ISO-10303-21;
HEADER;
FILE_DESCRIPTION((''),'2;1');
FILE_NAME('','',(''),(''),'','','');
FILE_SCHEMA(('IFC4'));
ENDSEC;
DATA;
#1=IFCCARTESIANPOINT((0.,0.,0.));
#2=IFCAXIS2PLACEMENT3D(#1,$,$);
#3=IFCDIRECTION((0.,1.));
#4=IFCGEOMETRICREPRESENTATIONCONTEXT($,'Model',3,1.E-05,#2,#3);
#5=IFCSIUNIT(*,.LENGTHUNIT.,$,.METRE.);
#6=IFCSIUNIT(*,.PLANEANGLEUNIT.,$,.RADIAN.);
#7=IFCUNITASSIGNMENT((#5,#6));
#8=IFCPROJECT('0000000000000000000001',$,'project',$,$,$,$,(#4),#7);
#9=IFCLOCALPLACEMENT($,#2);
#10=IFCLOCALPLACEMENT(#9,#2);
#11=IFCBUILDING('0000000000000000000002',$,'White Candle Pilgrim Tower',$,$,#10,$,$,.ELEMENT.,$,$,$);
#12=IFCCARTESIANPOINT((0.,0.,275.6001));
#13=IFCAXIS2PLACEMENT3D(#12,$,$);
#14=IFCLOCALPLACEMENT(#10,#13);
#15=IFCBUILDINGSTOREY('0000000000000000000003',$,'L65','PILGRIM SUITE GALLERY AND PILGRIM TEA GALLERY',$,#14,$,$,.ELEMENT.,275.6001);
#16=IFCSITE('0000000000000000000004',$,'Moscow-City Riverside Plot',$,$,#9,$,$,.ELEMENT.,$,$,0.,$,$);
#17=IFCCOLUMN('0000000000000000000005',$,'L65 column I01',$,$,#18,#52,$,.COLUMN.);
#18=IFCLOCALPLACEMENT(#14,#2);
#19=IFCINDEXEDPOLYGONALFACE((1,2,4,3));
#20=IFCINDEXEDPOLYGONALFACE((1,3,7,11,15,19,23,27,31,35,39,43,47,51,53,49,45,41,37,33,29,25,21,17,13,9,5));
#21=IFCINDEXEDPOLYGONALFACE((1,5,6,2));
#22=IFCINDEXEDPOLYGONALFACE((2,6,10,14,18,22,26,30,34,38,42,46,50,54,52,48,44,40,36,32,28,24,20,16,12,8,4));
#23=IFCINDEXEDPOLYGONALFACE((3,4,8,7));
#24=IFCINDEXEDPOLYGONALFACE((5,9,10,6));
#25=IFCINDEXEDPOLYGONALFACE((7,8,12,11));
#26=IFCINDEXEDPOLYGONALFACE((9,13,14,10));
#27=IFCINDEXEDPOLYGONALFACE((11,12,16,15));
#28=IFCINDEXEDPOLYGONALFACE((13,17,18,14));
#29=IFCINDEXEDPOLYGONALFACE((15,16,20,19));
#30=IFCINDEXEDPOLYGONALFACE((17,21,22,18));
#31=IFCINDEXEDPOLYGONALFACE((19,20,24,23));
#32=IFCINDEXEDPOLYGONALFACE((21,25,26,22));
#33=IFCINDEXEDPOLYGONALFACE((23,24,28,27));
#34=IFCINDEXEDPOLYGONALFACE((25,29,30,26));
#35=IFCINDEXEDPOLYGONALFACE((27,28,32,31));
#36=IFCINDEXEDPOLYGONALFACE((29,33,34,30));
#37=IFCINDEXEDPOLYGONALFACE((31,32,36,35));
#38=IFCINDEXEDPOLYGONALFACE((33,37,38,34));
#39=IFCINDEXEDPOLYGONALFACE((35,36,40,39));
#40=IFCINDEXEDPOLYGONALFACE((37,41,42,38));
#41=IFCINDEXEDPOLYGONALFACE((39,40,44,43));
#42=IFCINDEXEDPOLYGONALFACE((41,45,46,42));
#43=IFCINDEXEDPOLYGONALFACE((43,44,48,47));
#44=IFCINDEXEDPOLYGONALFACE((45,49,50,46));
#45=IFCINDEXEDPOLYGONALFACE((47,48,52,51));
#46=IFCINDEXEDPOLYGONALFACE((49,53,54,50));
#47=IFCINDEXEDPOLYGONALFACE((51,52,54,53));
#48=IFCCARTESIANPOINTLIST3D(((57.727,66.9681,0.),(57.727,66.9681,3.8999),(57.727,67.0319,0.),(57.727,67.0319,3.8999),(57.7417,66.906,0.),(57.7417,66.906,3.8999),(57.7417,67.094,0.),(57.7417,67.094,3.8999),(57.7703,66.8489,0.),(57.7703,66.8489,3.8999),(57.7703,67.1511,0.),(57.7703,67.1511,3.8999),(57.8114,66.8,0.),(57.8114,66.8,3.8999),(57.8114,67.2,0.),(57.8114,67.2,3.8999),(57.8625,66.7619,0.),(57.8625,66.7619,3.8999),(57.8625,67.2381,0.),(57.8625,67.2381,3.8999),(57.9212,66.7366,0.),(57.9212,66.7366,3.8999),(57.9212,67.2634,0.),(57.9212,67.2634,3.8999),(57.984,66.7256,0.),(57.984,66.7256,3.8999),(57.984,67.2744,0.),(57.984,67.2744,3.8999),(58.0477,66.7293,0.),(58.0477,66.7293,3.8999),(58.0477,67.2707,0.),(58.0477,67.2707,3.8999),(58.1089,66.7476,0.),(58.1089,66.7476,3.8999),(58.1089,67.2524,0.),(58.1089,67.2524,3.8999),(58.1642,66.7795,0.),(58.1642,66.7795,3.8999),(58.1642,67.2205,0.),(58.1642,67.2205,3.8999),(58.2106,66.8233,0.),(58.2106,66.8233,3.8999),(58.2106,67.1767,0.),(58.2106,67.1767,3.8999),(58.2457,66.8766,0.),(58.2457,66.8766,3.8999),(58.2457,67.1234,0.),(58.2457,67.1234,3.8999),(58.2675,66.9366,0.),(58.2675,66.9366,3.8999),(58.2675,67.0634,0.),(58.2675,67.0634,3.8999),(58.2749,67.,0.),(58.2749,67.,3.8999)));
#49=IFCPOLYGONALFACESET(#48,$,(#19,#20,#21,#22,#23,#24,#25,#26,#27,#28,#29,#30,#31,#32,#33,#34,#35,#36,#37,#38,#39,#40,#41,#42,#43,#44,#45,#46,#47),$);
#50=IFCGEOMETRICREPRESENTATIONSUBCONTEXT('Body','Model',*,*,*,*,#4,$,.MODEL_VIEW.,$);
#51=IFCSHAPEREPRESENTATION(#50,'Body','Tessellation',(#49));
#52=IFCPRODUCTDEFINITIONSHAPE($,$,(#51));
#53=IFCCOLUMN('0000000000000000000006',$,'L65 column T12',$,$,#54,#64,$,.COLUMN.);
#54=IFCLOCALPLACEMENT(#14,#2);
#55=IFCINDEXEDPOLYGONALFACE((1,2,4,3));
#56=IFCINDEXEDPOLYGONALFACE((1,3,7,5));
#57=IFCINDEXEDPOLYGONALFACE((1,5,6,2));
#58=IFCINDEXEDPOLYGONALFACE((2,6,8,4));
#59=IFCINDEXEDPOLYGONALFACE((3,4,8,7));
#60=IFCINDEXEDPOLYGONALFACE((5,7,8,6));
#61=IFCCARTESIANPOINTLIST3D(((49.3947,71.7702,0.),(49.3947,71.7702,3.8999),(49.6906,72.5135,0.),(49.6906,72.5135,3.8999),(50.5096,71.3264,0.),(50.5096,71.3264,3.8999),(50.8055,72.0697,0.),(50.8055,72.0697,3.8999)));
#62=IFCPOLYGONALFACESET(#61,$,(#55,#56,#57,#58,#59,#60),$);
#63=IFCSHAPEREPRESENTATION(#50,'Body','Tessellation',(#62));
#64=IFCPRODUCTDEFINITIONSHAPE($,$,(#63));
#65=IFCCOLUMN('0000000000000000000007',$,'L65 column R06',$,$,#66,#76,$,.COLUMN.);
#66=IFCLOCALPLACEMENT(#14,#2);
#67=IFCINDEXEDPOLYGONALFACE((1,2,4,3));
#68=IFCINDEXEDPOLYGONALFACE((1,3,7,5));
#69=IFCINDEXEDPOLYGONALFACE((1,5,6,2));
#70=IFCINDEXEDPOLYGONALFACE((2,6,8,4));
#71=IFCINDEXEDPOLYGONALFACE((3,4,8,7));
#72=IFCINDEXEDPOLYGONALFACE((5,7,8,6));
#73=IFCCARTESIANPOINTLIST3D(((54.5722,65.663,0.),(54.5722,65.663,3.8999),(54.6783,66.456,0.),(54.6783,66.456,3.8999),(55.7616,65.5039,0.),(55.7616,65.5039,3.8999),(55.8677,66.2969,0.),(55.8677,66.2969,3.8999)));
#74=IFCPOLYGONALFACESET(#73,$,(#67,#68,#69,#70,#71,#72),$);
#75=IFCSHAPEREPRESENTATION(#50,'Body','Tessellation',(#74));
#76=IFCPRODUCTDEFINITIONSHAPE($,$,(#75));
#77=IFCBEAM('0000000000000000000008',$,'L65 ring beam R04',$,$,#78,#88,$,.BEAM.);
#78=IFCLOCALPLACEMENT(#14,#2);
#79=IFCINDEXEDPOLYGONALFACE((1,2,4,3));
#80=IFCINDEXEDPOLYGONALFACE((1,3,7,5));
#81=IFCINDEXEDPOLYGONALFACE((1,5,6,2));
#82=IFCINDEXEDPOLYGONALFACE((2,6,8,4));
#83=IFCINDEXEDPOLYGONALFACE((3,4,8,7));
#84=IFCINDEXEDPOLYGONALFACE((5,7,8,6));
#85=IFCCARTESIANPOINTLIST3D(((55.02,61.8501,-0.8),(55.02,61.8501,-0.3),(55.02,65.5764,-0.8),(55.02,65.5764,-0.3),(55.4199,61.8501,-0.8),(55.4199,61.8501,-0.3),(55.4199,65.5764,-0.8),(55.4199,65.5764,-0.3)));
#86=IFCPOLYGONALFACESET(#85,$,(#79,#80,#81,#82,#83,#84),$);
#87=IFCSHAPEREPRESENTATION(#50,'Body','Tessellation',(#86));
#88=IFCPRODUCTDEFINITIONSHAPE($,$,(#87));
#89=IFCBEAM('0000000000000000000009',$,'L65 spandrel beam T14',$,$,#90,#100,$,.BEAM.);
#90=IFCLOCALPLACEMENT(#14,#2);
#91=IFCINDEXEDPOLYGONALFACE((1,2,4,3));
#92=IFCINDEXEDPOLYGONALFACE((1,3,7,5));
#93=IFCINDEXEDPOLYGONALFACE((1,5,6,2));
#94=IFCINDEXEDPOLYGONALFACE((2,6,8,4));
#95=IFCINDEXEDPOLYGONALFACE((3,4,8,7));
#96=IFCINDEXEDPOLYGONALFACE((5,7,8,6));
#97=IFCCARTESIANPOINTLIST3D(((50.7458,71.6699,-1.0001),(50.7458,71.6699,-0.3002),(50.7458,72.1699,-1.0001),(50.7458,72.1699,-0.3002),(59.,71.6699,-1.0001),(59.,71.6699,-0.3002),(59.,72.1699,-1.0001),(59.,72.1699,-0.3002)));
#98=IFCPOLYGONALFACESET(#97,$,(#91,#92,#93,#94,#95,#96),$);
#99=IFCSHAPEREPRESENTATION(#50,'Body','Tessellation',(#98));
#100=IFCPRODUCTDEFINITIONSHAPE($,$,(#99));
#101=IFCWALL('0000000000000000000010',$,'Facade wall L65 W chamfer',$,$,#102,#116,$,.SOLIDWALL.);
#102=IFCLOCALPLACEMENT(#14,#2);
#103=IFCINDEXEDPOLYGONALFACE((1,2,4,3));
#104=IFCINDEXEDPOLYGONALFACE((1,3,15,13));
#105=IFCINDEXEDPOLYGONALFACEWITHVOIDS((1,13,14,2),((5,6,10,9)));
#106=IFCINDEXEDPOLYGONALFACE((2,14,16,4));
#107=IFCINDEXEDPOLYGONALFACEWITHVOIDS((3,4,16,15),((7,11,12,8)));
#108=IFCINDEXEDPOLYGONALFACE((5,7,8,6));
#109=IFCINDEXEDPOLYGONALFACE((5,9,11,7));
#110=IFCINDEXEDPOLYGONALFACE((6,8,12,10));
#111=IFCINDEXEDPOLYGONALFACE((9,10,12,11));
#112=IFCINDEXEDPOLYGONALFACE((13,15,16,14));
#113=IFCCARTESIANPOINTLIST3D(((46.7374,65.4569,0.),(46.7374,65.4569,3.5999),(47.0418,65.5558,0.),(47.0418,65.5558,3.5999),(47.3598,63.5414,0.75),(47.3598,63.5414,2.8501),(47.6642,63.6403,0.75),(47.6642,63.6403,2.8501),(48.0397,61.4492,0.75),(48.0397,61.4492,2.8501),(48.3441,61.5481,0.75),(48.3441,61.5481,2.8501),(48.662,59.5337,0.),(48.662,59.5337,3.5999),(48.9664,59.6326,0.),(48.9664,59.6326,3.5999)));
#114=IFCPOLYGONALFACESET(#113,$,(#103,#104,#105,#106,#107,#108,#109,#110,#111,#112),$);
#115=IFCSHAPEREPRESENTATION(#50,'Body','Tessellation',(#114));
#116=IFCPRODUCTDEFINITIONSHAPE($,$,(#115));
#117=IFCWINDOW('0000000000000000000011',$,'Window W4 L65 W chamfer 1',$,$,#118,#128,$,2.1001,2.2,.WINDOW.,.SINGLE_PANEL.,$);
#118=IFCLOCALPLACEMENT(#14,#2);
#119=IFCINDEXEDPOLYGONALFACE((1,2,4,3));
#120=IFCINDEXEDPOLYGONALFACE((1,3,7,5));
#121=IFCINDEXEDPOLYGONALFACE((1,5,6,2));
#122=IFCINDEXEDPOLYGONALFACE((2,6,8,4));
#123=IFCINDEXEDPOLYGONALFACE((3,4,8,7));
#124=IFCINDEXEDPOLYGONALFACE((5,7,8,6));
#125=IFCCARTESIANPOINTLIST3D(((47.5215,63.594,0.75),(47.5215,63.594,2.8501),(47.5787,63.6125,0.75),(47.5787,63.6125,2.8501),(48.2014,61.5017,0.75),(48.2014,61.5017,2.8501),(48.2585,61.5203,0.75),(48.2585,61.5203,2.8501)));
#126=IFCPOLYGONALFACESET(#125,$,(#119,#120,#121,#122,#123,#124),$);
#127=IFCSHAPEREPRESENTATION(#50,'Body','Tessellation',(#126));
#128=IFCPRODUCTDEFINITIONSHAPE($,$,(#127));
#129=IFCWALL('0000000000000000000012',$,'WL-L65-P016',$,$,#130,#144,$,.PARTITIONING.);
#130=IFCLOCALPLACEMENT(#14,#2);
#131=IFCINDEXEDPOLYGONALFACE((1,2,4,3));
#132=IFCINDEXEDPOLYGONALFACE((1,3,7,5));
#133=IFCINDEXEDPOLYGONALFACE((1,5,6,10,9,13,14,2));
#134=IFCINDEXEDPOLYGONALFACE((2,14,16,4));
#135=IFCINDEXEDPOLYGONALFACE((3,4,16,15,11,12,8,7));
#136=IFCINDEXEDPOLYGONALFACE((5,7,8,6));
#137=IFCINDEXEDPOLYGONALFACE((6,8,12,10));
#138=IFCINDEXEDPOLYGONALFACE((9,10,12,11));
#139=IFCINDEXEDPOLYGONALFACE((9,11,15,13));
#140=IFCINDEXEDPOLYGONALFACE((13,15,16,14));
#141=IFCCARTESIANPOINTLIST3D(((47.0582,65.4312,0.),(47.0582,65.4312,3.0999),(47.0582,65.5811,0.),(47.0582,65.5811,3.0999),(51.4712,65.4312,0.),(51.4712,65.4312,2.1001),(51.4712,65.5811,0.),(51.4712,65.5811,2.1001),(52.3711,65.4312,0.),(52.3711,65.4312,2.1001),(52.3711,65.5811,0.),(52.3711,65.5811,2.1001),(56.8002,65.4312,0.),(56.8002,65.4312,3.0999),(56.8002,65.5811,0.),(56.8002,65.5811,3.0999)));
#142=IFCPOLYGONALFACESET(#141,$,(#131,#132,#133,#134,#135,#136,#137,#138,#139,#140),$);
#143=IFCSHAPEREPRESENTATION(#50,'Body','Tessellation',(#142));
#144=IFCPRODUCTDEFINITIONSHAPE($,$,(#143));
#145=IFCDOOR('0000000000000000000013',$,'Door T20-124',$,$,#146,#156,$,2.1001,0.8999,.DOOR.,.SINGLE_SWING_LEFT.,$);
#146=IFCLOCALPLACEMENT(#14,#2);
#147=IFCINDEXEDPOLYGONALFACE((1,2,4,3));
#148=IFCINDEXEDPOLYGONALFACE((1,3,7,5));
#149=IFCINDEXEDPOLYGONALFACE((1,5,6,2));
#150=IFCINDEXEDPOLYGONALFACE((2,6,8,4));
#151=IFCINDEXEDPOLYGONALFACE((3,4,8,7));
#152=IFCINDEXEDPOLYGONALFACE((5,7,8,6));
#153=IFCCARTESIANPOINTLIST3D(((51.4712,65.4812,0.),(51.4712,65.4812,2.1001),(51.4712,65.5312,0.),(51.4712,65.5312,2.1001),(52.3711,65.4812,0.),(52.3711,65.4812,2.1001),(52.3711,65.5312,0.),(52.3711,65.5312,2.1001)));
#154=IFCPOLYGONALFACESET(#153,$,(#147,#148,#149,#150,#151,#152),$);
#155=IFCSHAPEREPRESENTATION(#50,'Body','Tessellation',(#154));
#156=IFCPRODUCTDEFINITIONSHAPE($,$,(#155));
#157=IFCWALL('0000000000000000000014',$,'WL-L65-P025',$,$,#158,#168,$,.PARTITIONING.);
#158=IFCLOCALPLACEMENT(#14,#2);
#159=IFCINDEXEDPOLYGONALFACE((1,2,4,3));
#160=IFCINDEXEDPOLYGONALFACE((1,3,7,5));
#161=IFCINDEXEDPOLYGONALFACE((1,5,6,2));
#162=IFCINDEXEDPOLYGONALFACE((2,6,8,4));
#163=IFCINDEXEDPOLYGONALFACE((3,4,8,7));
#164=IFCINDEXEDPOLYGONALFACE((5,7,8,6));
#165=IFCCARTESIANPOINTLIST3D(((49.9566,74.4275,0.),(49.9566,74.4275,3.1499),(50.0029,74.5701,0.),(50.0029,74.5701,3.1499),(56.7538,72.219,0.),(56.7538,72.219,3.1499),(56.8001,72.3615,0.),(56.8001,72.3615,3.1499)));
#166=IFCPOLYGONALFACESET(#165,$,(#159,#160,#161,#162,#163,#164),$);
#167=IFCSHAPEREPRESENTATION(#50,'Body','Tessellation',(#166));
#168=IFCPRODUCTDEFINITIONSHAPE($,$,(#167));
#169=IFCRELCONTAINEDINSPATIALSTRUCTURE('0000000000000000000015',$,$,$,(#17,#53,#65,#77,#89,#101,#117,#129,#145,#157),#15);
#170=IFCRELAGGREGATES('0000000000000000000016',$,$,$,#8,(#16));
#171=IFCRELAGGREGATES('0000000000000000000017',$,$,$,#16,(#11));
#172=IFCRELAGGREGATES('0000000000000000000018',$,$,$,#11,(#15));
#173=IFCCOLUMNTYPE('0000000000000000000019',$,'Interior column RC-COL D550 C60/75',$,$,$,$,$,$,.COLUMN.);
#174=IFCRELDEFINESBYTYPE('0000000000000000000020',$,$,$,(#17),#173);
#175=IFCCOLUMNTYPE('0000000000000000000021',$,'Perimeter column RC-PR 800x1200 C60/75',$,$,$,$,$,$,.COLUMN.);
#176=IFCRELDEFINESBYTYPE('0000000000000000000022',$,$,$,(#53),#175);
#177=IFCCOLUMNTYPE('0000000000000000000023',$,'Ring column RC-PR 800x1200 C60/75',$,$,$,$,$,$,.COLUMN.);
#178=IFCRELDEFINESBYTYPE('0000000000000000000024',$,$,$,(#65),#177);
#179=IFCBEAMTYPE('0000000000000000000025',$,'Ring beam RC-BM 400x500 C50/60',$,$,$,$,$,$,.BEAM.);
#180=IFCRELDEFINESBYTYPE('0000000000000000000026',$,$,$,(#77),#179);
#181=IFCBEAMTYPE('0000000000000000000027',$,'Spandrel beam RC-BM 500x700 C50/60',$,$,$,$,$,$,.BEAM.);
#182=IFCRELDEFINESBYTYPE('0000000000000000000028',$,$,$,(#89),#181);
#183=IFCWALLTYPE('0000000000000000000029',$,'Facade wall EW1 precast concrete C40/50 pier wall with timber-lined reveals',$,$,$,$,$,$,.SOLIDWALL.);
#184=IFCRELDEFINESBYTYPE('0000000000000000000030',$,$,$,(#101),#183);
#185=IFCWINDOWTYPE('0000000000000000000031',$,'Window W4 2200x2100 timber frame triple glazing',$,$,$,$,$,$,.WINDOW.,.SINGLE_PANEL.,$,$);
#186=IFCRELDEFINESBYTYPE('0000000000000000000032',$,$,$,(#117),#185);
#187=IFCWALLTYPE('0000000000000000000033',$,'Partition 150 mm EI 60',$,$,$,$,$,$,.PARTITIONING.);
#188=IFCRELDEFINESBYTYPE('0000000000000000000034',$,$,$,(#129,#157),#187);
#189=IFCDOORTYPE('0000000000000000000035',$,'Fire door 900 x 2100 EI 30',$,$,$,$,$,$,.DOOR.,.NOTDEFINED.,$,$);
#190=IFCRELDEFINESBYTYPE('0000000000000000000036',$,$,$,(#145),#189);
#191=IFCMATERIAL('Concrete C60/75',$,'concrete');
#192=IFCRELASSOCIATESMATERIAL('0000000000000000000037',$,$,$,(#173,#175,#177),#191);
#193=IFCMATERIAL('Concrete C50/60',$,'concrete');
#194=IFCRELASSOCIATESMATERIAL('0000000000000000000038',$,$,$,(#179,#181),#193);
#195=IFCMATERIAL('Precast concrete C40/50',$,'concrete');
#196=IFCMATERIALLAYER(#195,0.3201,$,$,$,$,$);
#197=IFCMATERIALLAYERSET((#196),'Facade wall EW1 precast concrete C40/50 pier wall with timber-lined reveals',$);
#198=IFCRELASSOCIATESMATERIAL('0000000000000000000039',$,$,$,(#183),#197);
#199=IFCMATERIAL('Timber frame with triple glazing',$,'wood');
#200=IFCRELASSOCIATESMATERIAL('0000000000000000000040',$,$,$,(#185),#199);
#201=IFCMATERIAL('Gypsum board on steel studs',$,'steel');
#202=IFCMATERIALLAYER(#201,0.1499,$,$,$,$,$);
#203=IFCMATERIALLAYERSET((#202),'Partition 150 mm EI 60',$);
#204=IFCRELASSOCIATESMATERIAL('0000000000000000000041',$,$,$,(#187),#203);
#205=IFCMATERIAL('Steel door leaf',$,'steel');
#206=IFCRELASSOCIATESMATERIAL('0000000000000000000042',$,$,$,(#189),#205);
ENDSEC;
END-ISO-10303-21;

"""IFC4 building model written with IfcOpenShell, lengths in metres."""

from ifc_helpers import new_model, si_unit, direction, frame, frame_2d, origin, origin_2d, place, context, subcontext, project, spatial, rectangle, circle, extrude, material, layer, layer_set, material_profile, profile_set, type_object, element, fill, save


model = new_model("IFC4")

# Units and contexts
model_context = context("Model", 3, precision=1e-05, world=origin(), true_north=direction((0.0, 1.0)))
body_context = subcontext(model_context, "Body", "Model", "MODEL_VIEW")
ifc_project = project(units=[si_unit("LENGTHUNIT", "METRE"), si_unit("PLANEANGLEUNIT", "RADIAN")], contexts=[model_context])

# Site, building, storey
site_placement = place(None, origin())
site = spatial("IfcSite", under=ifc_project, at=site_placement, Name="Moscow-City Riverside Plot", CompositionType="ELEMENT", RefElevation=0.0)
building_placement = place(site_placement, origin())
building = spatial("IfcBuilding", under=site, at=building_placement, Name="White Candle Pilgrim Tower", CompositionType="ELEMENT")
storey_placement = place(building_placement, frame((0.0, 0.0, 275.6001)))
storey = spatial("IfcBuildingStorey", under=building, at=storey_placement, Name="L65", Description="PILGRIM SUITE GALLERY AND PILGRIM TEA GALLERY", CompositionType="ELEMENT", Elevation=275.6001)

# Columns
ifc_material_1 = material(Name="Concrete C60/75", Category="concrete")
ifc_material_profile_1 = material_profile(ifc_material_1, circle(Radius=0.2749, at=origin_2d()), Name="RC-COL D550")
ifc_profile_set_1 = profile_set([ifc_material_profile_1], Name="Concrete C60/75")
column_type_1 = type_object("IfcColumnType", Name="Interior column RC-COL D550 C60/75", PredefinedType="COLUMN", material=ifc_profile_set_1)
column_1_placement = place(storey_placement, frame((58.0, 67.0, 0.0), z_axis=(0.0, 0.0, 1.0), x_axis=(1.0, 0.0, 0.0)))
element("IfcColumn", 1, at=column_1_placement, inside=storey, type_object=column_type_1, Name="L65 column I01", PredefinedType="COLUMN", context=body_context, shape_type="SweptSolid", body=[
    extrude(circle(Radius=0.2749, at=origin_2d()), origin(), (0.0, 0.0, 1.0), 3.8999),
])
ifc_material_profile_2 = material_profile(ifc_material_1, rectangle(XDim=0.8, YDim=1.2, at=origin_2d()), Name="RC-PR 800x1200")
ifc_profile_set_2 = profile_set([ifc_material_profile_2], Name="Concrete C60/75")
column_type_2 = type_object("IfcColumnType", Name="Perimeter column RC-PR 800x1200 C60/75", PredefinedType="COLUMN", material=ifc_profile_set_2)
column_2_placement = place(storey_placement, frame((50.1001, 71.9199, 0.0), z_axis=(0.0, 0.0, 1.0), x_axis=(0.36986, 0.929087, 0.0)))
element("IfcColumn", 2, at=column_2_placement, inside=storey, type_object=column_type_2, Name="L65 column T12", PredefinedType="COLUMN", context=body_context, shape_type="SweptSolid", body=[
    extrude(rectangle(XDim=0.8, YDim=1.2, at=origin_2d()), origin(), (0.0, 0.0, 1.0), 3.8999),
])
ifc_material_profile_3 = material_profile(ifc_material_1, rectangle(XDim=0.8, YDim=1.2, at=origin_2d()), Name="RC-PR 800x1200")
ifc_profile_set_3 = profile_set([ifc_material_profile_3], Name="Concrete C60/75")
column_type_3 = type_object("IfcColumnType", Name="Ring column RC-PR 800x1200 C60/75", PredefinedType="COLUMN", material=ifc_profile_set_3)
column_3_placement = place(storey_placement, frame((55.22, 65.98, 0.0), z_axis=(0.0, 0.0, 1.0), x_axis=(0.132602, 0.991169, 0.0)))
element("IfcColumn", 3, at=column_3_placement, inside=storey, type_object=column_type_3, Name="L65 column R06", PredefinedType="COLUMN", context=body_context, shape_type="SweptSolid", body=[
    extrude(rectangle(XDim=0.8, YDim=1.2, at=origin_2d()), origin(), (0.0, 0.0, 1.0), 3.8999),
])

# Beams
ifc_material_2 = material(Name="Concrete C50/60", Category="concrete")
ifc_material_profile_4 = material_profile(ifc_material_2, rectangle(XDim=0.3999, YDim=0.5, at=origin_2d()), Name="RC-BM 400x500")
ifc_profile_set_4 = profile_set([ifc_material_profile_4], Name="Concrete C50/60")
beam_type_1 = type_object("IfcBeamType", Name="Ring beam RC-BM 400x500 C50/60", PredefinedType="BEAM", material=ifc_profile_set_4)
beam_1_placement = place(storey_placement, frame((55.22, 65.5764, -0.55), z_axis=(0.0, -1.0, 0.0), x_axis=(1.0, 0.0, 0.0)))
element("IfcBeam", 4, at=beam_1_placement, inside=storey, type_object=beam_type_1, Name="L65 ring beam R04", PredefinedType="BEAM", context=body_context, shape_type="SweptSolid", body=[
    extrude(rectangle(XDim=0.3999, YDim=0.5, at=origin_2d()), origin(), (0.0, 0.0, 1.0), 3.7263),
])
ifc_material_profile_5 = material_profile(ifc_material_2, rectangle(XDim=0.5, YDim=0.7, at=origin_2d()), Name="RC-BM 500x700")
ifc_profile_set_5 = profile_set([ifc_material_profile_5], Name="Concrete C50/60")
beam_type_2 = type_object("IfcBeamType", Name="Spandrel beam RC-BM 500x700 C50/60", PredefinedType="BEAM", material=ifc_profile_set_5)
beam_2_placement = place(storey_placement, frame((50.7458, 71.9199, -0.6501), z_axis=(1.0, 0.0, 0.0), x_axis=(0.0, 1.0, 0.0)))
element("IfcBeam", 5, at=beam_2_placement, inside=storey, type_object=beam_type_2, Name="L65 spandrel beam T14", PredefinedType="BEAM", context=body_context, shape_type="SweptSolid", body=[
    extrude(rectangle(XDim=0.5, YDim=0.7, at=origin_2d()), origin(), (0.0, 0.0, 1.0), 8.2542),
])

# Wall, opening, window
ifc_material_3 = material(Name="Precast concrete C40/50", Category="concrete")
ifc_layer_1 = layer(ifc_material_3, 0.3201)
ifc_layer_set_1 = layer_set([ifc_layer_1], Name="Facade wall EW1 precast concrete C40/50 pier wall with timber-lined reveals")
wall_type_1 = type_object("IfcWallType", Name="Facade wall EW1 precast concrete C40/50 pier wall with timber-lined reveals", PredefinedType="SOLIDWALL", material=ifc_layer_set_1)
wall_1_placement = place(storey_placement, frame((46.8896, 65.5063, 0.0), z_axis=(0.0, 0.0, 1.0), x_axis=(0.309021, -0.951055, 0.0)))
wall_1 = element("IfcWall", 6, at=wall_1_placement, inside=storey, type_object=wall_type_1, Name="Facade wall L65 W chamfer", PredefinedType="SOLIDWALL", context=body_context, shape_type="SweptSolid", body=[
    extrude(rectangle(XDim=6.228, YDim=0.3201, at=frame_2d((3.114, 0.0))), origin(), (0.0, 0.0, 1.0), 3.5999),
])
opening_1_placement = place(wall_1_placement, frame((2.0139, 0.0, 0.75)))
opening_1 = element("IfcOpeningElement", 7, at=opening_1_placement, cuts=wall_1, PredefinedType="OPENING", context=body_context, shape_type="SweptSolid", body=[
    extrude(rectangle(XDim=2.2, YDim=2.1001, at=frame_2d((1.1001, 1.05))), frame((0.0, 0.1699, 0.0), z_axis=(0.0, -1.0, 0.0), x_axis=(1.0, 0.0, 0.0)), (0.0, 0.0, 1.0), 0.3401),
])
ifc_material_4 = material(Name="Timber frame with triple glazing", Category="wood")
window_type = type_object("IfcWindowType", Name="Window W4 2200x2100 timber frame triple glazing", PartitioningType="SINGLE_PANEL", PredefinedType="WINDOW", material=ifc_material_4)
window_placement = place(opening_1_placement, origin())
window = element("IfcWindow", 8, at=window_placement, inside=storey, type_object=window_type, Name="Window W4 L65 W chamfer 1", OverallHeight=2.1001, OverallWidth=2.2, PartitioningType="SINGLE_PANEL", PredefinedType="WINDOW", context=body_context, shape_type="SweptSolid", body=[
    extrude(rectangle(XDim=2.2, YDim=2.1001, at=frame_2d((1.1001, 1.05))), frame((0.0, 0.0701, 0.0), z_axis=(0.0, -1.0, 0.0), x_axis=(1.0, 0.0, 0.0)), (0.0, 0.0, 1.0), 0.0601),
])
fill(opening_1, window)

# Wall, opening, door
ifc_material_5 = material(Name="Gypsum board on steel studs", Category="steel")
ifc_layer_2 = layer(ifc_material_5, 0.1499)
ifc_layer_set_2 = layer_set([ifc_layer_2], Name="Partition 150 mm EI 60")
wall_type_2 = type_object("IfcWallType", Name="Partition 150 mm EI 60", PredefinedType="PARTITIONING", material=ifc_layer_set_2)
wall_2_placement = place(storey_placement, frame((47.0581, 65.5061, 0.0), z_axis=(0.0, 0.0, 1.0), x_axis=(1.0, 0.0, 0.0)))
wall_2 = element("IfcWall", 9, at=wall_2_placement, inside=storey, type_object=wall_type_2, Name="WL-L65-P016", PredefinedType="PARTITIONING", context=body_context, shape_type="SweptSolid", body=[
    extrude(rectangle(XDim=9.7419, YDim=0.1499, at=frame_2d((4.8711, 0.0))), origin(), (0.0, 0.0, 1.0), 3.0999),
])
opening_2_placement = place(wall_2_placement, frame((4.4131, 0.0, 0.0)))
opening_2 = element("IfcOpeningElement", 10, at=opening_2_placement, cuts=wall_2, PredefinedType="OPENING", context=body_context, shape_type="SweptSolid", body=[
    extrude(rectangle(XDim=0.8999, YDim=2.1001, at=frame_2d((0.45, 1.05))), frame((0.0, 0.085, 0.0), z_axis=(0.0, -1.0, 0.0), x_axis=(1.0, 0.0, 0.0)), (0.0, 0.0, 1.0), 0.1699),
])
ifc_material_6 = material(Name="Steel door leaf", Category="steel")
door_type_1 = type_object("IfcDoorType", Name="Fire door 900 x 2100 EI 30", OperationType="NOTDEFINED", PredefinedType="DOOR", material=ifc_material_6)
door_1_placement = place(opening_2_placement, frame((0.8999, 0.0, 0.0), z_axis=(0.0, 0.0, 1.0), x_axis=(-1.0, 0.0, 0.0)))
door_1 = element("IfcDoor", 11, at=door_1_placement, inside=storey, type_object=door_type_1, Name="Door T20-124", OperationType="SINGLE_SWING_LEFT", OverallHeight=2.1001, OverallWidth=0.8999, PredefinedType="DOOR", context=body_context, shape_type="SweptSolid", body=[
    extrude(rectangle(XDim=0.8999, YDim=2.1001, at=frame_2d((0.45, 1.05))), frame((0.0, 0.0249, 0.0), z_axis=(0.0, -1.0, 0.0), x_axis=(1.0, 0.0, 0.0)), (0.0, 0.0, 1.0), 0.05),
])
fill(opening_2, door_1)

# Wall
wall_3_placement = place(storey_placement, frame((49.9797, 74.4988, 0.0), z_axis=(0.0, 0.0, 1.0), x_axis=(0.951057, -0.309014, 0.0)))
element("IfcWall", 12, at=wall_3_placement, inside=storey, type_object=wall_type_2, Name="WL-L65-P025", PredefinedType="PARTITIONING", context=body_context, shape_type="SweptSolid", body=[
    extrude(rectangle(XDim=7.147, YDim=0.1499, at=frame_2d((3.5735, 0.0))), origin(), (0.0, 0.0, 1.0), 3.1499),
])

save(model, "model.ifc")
